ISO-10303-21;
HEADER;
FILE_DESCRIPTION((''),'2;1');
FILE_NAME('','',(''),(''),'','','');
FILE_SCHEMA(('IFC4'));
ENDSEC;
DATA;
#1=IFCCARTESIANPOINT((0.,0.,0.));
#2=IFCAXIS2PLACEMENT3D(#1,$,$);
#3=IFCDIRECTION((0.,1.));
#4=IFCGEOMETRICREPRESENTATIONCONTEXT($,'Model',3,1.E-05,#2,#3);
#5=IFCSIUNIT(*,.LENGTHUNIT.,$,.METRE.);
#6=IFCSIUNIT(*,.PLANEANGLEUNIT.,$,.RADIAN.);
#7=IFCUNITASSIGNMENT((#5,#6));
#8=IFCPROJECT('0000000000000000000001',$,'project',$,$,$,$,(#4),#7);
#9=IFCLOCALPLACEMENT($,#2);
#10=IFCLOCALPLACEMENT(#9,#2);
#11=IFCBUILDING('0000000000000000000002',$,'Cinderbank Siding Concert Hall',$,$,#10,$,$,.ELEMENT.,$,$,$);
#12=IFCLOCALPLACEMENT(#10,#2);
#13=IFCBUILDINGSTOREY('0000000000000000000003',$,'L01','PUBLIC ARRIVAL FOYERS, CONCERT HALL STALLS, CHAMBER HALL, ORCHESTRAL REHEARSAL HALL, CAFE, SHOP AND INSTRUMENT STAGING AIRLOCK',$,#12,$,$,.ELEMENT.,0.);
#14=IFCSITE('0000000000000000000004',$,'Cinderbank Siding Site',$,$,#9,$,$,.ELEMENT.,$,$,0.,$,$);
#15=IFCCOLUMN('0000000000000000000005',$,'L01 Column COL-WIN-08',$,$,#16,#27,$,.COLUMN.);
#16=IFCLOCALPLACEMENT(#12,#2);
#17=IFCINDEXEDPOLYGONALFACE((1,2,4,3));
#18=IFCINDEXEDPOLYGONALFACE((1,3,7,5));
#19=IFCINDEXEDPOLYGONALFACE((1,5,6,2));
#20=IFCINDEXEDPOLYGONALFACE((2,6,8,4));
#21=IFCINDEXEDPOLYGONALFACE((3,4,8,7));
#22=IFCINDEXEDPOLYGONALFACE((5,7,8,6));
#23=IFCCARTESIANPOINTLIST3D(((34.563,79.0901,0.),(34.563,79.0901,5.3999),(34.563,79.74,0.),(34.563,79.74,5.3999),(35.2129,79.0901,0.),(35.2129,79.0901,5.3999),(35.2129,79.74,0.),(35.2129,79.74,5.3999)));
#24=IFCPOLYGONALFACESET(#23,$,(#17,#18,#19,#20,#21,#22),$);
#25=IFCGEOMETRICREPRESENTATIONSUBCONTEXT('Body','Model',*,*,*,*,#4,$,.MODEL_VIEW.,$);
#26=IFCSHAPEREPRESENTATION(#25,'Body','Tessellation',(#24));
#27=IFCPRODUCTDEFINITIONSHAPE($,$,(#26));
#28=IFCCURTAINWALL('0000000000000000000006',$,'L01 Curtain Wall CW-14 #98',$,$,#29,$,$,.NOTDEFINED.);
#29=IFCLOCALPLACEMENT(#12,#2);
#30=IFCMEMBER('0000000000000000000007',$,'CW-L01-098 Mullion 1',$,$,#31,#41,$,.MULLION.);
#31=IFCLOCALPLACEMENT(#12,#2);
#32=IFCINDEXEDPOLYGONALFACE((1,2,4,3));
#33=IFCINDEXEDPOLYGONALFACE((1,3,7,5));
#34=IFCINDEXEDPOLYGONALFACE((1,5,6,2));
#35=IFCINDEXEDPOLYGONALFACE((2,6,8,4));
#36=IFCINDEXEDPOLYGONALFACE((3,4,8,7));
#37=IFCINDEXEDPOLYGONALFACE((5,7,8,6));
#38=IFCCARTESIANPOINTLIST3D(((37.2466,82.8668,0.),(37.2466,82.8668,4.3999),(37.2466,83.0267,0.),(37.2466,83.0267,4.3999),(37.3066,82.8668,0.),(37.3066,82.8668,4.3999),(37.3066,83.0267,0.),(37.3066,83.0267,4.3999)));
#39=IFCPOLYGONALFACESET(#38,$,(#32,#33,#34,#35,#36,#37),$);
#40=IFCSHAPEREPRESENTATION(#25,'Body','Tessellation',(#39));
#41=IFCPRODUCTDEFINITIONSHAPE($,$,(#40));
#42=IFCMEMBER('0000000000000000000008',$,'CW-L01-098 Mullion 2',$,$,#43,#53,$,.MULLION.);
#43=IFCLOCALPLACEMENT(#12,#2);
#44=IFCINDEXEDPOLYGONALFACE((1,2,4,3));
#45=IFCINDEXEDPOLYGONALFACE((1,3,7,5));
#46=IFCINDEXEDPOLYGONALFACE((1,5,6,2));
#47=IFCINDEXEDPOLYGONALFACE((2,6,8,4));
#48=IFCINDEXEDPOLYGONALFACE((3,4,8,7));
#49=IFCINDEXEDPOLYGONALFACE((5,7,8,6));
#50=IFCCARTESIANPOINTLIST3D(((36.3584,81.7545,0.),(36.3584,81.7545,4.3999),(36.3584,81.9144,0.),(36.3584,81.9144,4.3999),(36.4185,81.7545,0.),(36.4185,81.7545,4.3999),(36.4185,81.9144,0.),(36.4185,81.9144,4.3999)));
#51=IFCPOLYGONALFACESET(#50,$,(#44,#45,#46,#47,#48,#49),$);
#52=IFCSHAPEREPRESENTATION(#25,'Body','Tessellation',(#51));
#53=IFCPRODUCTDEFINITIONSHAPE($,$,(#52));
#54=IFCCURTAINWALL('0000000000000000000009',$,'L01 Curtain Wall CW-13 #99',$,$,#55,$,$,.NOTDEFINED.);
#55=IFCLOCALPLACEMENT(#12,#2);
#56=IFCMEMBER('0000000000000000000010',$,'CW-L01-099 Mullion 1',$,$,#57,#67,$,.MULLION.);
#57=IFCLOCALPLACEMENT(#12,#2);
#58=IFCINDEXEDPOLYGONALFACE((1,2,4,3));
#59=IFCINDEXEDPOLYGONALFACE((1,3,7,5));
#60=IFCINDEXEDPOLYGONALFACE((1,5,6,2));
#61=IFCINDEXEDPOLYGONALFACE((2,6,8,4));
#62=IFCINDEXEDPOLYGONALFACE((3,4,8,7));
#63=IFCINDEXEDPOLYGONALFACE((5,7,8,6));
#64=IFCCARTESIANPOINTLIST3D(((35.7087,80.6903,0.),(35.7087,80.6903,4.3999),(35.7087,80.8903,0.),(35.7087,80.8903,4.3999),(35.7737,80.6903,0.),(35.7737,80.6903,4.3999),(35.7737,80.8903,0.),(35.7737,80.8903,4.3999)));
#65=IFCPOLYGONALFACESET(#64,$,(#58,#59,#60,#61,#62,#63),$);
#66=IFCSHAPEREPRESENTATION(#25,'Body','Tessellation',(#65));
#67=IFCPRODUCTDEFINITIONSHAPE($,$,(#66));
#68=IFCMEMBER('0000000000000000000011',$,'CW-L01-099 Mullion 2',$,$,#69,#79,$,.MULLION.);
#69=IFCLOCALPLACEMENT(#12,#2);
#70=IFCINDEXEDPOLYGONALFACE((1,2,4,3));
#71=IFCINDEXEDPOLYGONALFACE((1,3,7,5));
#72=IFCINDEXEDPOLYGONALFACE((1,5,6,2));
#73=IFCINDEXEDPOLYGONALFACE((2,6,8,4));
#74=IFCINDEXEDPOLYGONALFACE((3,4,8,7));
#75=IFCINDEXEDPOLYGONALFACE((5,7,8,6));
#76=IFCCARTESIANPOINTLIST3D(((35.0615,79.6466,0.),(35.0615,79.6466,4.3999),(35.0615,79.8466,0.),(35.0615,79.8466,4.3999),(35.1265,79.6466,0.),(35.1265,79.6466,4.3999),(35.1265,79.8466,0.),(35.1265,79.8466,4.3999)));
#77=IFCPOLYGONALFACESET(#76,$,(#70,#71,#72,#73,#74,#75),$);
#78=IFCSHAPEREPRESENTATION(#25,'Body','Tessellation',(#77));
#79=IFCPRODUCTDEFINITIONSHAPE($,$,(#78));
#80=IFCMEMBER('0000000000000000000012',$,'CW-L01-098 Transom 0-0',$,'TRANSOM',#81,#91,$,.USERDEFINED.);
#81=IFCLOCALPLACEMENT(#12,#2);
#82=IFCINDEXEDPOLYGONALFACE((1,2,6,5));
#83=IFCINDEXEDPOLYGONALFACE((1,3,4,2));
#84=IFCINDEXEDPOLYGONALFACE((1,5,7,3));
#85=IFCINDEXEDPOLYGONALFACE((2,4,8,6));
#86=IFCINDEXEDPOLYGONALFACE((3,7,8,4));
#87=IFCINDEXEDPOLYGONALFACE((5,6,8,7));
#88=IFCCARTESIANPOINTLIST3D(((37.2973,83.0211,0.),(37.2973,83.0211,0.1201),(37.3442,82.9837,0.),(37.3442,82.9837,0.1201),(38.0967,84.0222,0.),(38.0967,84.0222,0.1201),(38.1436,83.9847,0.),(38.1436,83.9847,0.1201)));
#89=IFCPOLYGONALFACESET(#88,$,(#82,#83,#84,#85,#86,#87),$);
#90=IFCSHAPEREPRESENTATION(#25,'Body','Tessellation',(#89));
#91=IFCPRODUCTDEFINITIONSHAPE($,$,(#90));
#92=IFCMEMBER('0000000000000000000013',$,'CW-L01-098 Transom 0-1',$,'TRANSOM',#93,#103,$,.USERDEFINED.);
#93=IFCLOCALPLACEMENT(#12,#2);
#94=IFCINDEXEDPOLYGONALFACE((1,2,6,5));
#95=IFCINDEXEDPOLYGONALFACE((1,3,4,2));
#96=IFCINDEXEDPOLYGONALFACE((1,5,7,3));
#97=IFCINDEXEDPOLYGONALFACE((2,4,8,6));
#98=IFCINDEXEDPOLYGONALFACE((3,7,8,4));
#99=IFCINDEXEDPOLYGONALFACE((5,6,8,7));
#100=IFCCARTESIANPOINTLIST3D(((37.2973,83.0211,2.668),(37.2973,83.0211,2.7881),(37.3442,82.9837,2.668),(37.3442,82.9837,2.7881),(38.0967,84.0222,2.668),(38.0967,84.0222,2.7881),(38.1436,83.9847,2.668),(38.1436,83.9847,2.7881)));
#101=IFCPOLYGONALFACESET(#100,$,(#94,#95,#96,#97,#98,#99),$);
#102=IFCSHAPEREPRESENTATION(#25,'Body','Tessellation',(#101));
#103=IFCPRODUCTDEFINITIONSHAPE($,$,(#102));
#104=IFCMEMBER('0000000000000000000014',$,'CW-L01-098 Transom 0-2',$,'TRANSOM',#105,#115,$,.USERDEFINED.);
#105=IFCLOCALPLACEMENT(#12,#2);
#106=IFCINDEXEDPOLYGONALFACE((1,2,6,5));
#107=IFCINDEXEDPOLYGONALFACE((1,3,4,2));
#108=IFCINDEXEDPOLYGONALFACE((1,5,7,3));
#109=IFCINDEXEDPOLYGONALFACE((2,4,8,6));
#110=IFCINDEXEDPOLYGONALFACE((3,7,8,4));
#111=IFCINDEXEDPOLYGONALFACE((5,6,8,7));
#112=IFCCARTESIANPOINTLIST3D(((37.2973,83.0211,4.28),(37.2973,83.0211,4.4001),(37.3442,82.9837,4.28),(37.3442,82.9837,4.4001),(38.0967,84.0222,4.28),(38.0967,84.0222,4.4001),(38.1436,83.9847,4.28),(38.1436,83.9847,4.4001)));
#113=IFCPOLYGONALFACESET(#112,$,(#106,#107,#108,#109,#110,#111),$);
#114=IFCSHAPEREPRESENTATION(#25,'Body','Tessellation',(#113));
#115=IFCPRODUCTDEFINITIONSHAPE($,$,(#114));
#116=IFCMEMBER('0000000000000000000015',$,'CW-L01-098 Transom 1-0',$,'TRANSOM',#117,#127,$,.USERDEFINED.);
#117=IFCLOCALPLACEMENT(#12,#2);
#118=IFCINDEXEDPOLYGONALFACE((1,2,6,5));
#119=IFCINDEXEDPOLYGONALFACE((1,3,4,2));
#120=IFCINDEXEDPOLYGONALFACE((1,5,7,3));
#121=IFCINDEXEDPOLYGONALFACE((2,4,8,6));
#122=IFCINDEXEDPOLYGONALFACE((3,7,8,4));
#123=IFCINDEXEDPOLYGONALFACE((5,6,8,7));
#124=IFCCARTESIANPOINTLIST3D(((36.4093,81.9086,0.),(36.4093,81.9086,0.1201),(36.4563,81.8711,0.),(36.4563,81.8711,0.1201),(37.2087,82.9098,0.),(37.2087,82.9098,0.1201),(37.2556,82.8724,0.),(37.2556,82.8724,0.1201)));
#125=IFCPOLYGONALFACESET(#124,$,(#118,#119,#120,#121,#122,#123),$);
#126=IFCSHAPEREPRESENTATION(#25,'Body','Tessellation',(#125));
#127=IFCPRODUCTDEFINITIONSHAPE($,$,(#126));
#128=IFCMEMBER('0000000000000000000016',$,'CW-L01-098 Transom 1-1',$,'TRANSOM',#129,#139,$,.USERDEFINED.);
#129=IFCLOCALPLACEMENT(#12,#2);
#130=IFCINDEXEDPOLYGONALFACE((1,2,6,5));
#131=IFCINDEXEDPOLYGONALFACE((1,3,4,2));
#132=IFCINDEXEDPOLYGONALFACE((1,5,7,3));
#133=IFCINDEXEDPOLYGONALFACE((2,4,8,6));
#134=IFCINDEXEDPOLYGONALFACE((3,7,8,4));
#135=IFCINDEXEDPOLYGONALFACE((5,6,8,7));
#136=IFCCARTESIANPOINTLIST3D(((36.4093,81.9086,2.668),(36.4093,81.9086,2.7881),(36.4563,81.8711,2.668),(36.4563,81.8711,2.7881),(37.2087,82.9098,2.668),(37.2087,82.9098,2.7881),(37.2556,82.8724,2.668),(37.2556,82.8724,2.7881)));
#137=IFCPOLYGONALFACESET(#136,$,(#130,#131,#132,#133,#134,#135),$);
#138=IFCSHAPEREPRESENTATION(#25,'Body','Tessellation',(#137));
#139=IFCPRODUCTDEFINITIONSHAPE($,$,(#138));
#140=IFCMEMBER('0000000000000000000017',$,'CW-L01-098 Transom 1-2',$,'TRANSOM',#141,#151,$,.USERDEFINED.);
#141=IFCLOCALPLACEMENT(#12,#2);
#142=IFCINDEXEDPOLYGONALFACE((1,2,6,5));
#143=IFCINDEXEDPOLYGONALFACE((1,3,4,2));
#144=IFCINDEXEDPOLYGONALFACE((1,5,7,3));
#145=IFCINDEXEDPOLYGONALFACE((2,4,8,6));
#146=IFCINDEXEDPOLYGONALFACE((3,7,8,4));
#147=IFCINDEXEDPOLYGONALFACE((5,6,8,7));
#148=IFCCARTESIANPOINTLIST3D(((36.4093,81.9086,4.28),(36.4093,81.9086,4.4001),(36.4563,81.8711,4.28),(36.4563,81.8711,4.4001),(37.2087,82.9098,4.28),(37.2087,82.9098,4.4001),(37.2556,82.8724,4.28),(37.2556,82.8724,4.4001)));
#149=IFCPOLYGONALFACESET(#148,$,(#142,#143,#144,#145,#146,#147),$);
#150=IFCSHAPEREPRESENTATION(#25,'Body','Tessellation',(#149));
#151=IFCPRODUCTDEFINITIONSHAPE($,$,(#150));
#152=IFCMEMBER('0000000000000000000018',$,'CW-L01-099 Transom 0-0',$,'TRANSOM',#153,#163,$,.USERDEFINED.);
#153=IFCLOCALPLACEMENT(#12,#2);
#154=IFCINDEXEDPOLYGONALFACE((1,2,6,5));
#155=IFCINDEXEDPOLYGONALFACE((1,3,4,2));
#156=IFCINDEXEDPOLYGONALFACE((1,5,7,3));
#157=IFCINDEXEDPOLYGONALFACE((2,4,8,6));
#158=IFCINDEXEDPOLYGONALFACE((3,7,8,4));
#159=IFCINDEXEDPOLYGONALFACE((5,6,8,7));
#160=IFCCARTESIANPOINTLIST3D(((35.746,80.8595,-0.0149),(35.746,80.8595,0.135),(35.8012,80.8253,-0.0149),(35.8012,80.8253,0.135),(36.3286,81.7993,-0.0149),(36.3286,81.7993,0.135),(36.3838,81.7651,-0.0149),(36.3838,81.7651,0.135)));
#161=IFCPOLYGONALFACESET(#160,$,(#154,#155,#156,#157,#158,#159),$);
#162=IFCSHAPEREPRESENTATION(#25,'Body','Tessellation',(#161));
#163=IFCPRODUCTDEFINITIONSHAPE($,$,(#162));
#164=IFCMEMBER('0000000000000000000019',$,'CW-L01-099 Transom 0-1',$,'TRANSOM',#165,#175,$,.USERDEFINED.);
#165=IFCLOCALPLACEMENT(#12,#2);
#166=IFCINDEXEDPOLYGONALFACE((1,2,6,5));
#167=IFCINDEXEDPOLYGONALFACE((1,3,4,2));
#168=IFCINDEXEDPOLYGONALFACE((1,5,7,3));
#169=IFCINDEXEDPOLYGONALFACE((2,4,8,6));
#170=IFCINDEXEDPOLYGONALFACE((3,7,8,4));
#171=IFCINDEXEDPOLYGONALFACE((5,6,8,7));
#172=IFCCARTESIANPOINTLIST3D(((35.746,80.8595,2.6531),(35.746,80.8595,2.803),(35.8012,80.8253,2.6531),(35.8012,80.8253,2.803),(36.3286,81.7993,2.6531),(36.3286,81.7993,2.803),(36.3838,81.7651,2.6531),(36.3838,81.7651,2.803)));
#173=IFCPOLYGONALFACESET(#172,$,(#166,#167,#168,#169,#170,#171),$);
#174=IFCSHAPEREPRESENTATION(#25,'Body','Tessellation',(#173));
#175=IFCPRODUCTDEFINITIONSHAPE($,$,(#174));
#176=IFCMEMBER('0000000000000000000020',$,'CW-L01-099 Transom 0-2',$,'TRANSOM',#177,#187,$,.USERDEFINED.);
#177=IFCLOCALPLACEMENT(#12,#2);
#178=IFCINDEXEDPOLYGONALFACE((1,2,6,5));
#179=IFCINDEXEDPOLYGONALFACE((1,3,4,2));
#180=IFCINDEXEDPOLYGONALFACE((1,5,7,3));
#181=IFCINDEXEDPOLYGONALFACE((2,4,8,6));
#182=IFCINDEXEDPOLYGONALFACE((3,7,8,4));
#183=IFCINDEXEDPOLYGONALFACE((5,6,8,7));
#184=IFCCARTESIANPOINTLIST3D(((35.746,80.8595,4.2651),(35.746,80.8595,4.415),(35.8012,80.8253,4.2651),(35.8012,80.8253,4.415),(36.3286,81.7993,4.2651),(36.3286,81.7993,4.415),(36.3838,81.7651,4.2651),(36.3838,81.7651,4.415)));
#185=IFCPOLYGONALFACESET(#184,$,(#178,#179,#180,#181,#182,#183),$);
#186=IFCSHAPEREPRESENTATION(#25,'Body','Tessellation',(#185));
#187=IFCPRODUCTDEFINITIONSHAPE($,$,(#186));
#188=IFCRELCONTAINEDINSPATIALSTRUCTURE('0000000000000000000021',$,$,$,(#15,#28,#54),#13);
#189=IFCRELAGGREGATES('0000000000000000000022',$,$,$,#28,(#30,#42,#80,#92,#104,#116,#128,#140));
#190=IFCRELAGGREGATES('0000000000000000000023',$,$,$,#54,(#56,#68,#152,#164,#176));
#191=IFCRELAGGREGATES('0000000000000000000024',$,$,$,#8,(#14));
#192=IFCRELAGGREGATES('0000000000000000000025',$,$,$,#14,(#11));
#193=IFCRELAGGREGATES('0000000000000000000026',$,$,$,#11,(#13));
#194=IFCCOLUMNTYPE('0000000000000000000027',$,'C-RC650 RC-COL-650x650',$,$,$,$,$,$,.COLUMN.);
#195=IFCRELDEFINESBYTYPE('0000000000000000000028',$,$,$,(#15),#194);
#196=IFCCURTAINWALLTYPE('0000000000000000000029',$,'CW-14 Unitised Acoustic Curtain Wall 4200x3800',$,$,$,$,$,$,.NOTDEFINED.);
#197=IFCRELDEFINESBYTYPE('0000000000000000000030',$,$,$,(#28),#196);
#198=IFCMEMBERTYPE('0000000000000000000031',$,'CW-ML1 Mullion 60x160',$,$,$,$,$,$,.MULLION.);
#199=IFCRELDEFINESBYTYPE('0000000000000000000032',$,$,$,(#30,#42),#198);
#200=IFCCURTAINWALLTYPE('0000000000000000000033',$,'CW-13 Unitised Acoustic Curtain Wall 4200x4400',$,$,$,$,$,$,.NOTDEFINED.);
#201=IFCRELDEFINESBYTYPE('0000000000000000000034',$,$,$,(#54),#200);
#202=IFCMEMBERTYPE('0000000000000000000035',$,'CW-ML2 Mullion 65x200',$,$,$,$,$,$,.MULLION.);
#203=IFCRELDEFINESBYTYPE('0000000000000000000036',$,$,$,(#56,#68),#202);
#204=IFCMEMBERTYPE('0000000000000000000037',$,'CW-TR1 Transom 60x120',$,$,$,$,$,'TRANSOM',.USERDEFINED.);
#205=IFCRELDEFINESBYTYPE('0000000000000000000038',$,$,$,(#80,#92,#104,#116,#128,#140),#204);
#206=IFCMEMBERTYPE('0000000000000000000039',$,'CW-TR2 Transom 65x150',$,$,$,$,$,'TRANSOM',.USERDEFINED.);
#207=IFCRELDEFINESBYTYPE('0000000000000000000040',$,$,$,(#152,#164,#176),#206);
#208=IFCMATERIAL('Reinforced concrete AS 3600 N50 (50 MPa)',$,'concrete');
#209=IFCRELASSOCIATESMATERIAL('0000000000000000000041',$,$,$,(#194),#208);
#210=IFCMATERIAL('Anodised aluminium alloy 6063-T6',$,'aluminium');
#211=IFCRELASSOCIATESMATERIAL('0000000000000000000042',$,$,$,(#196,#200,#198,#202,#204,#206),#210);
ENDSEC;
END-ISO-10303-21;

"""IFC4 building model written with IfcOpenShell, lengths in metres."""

from ifc_helpers import new_model, si_unit, direction, frame, origin, origin_2d, place, context, subcontext, project, spatial, rectangle, extrude, material, material_profile, profile_set, type_object, element, aggregate, save


model = new_model("IFC4")

# Units and contexts
model_context = context("Model", 3, precision=1e-05, world=origin(), true_north=direction((0.0, 1.0)))
body_context = subcontext(model_context, "Body", "Model", "MODEL_VIEW")
ifc_project = project(units=[si_unit("LENGTHUNIT", "METRE"), si_unit("PLANEANGLEUNIT", "RADIAN")], contexts=[model_context])

# Site, building, storey
site_placement = place(None, origin())
site = spatial("IfcSite", under=ifc_project, at=site_placement, Name="Cinderbank Siding Site", CompositionType="ELEMENT", RefElevation=0.0)
building_placement = place(site_placement, origin())
building = spatial("IfcBuilding", under=site, at=building_placement, Name="Cinderbank Siding Concert Hall", CompositionType="ELEMENT")
storey_placement = place(building_placement, origin())
storey = spatial("IfcBuildingStorey", under=building, at=storey_placement, Name="L01", Description="PUBLIC ARRIVAL FOYERS, CONCERT HALL STALLS, CHAMBER HALL, ORCHESTRAL REHEARSAL HALL, CAFE, SHOP AND INSTRUMENT STAGING AIRLOCK", CompositionType="ELEMENT", Elevation=0.0)

# Column
ifc_material_1 = material(Name="Reinforced concrete AS 3600 N50 (50 MPa)", Category="concrete")
ifc_material_profile_1 = material_profile(ifc_material_1, rectangle(XDim=0.6499, YDim=0.6499, at=origin_2d()), Name="RC-COL-650x650", Category="LoadBearing")
ifc_profile_set_1 = profile_set([ifc_material_profile_1], Name="Reinforced concrete AS 3600 N50 (50 MPa)")
column_type = type_object("IfcColumnType", Name="C-RC650 RC-COL-650x650", PredefinedType="COLUMN", material=ifc_profile_set_1)
column_placement = place(storey_placement, frame((34.8879, 79.415, 0.0), z_axis=(0.0, 0.0, 1.0), x_axis=(1.0, 0.0, 0.0)))
element("IfcColumn", 1, at=column_placement, inside=storey, type_object=column_type, Name="L01 Column COL-WIN-08", PredefinedType="COLUMN", context=body_context, shape_type="SweptSolid", body=[
    extrude(rectangle(XDim=0.6499, YDim=0.6499, at=origin_2d()), origin(), (0.0, 0.0, 1.0), 5.3999),
])

# Curtain walls, members
ifc_material_2 = material(Name="Anodised aluminium alloy 6063-T6", Category="aluminium")
curtain_wall_type_1 = type_object("IfcCurtainWallType", Name="CW-14 Unitised Acoustic Curtain Wall 4200x3800", PredefinedType="NOTDEFINED", material=ifc_material_2)
curtain_wall_1_placement = place(storey_placement, origin())
curtain_wall_1 = element("IfcCurtainWall", 2, at=curtain_wall_1_placement, inside=storey, type_object=curtain_wall_type_1, Name="L01 Curtain Wall CW-14 #98", PredefinedType="NOTDEFINED")
ifc_material_profile_2 = material_profile(ifc_material_2, rectangle(XDim=0.0601, YDim=0.1599, at=origin_2d()), Name="ALU-MULL-60x160", Category="LoadBearing")
ifc_profile_set_2 = profile_set([ifc_material_profile_2], Name="Anodised aluminium alloy 6063-T6")
member_type_1 = type_object("IfcMemberType", Name="CW-ML1 Mullion 60x160", PredefinedType="MULLION", material=ifc_profile_set_2)
member_1_placement = place(storey_placement, frame((37.2766, 82.9468, 0.0), z_axis=(0.0, 0.0, 1.0), x_axis=(1.0, 0.0, 0.0)))
member_1 = element("IfcMember", 3, at=member_1_placement, type_object=member_type_1, Name="CW-L01-098 Mullion 1", PredefinedType="MULLION", context=body_context, shape_type="SweptSolid", body=[
    extrude(rectangle(XDim=0.0601, YDim=0.1599, at=origin_2d()), origin(), (0.0, 0.0, 1.0), 4.3999),
])
member_2_placement = place(storey_placement, frame((36.3884, 81.8345, 0.0), z_axis=(0.0, 0.0, 1.0), x_axis=(1.0, 0.0, 0.0)))
member_2 = element("IfcMember", 4, at=member_2_placement, type_object=member_type_1, Name="CW-L01-098 Mullion 2", PredefinedType="MULLION", context=body_context, shape_type="SweptSolid", body=[
    extrude(rectangle(XDim=0.0601, YDim=0.1599, at=origin_2d()), origin(), (0.0, 0.0, 1.0), 4.3999),
])
curtain_wall_type_2 = type_object("IfcCurtainWallType", Name="CW-13 Unitised Acoustic Curtain Wall 4200x4400", PredefinedType="NOTDEFINED", material=ifc_material_2)
curtain_wall_2_placement = place(storey_placement, origin())
curtain_wall_2 = element("IfcCurtainWall", 5, at=curtain_wall_2_placement, inside=storey, type_object=curtain_wall_type_2, Name="L01 Curtain Wall CW-13 #99", PredefinedType="NOTDEFINED")
ifc_material_profile_3 = material_profile(ifc_material_2, rectangle(XDim=0.0649, YDim=0.2, at=origin_2d()), Name="ALU-MULL-65x200", Category="LoadBearing")
ifc_profile_set_3 = profile_set([ifc_material_profile_3], Name="Anodised aluminium alloy 6063-T6")
member_type_2 = type_object("IfcMemberType", Name="CW-ML2 Mullion 65x200", PredefinedType="MULLION", material=ifc_profile_set_3)
member_3_placement = place(storey_placement, frame((35.7412, 80.7903, 0.0), z_axis=(0.0, 0.0, 1.0), x_axis=(1.0, 0.0, 0.0)))
member_3 = element("IfcMember", 6, at=member_3_placement, type_object=member_type_2, Name="CW-L01-099 Mullion 1", PredefinedType="MULLION", context=body_context, shape_type="SweptSolid", body=[
    extrude(rectangle(XDim=0.0649, YDim=0.2, at=origin_2d()), origin(), (0.0, 0.0, 1.0), 4.3999),
])
member_4_placement = place(storey_placement, frame((35.094, 79.7466, 0.0), z_axis=(0.0, 0.0, 1.0), x_axis=(1.0, 0.0, 0.0)))
member_4 = element("IfcMember", 7, at=member_4_placement, type_object=member_type_2, Name="CW-L01-099 Mullion 2", PredefinedType="MULLION", context=body_context, shape_type="SweptSolid", body=[
    extrude(rectangle(XDim=0.0649, YDim=0.2, at=origin_2d()), origin(), (0.0, 0.0, 1.0), 4.3999),
])

# Members
ifc_material_profile_4 = material_profile(ifc_material_2, rectangle(XDim=0.0601, YDim=0.1201, at=origin_2d()), Name="ALU-TRAN-60x120", Category="LoadBearing")
ifc_profile_set_4 = profile_set([ifc_material_profile_4], Name="Anodised aluminium alloy 6063-T6")
member_type_3 = type_object("IfcMemberType", Name="CW-TR1 Transom 60x120", ElementType="TRANSOM", PredefinedType="USERDEFINED", material=ifc_profile_set_4)
member_5_placement = place(storey_placement, frame((38.1201, 84.0034, 0.0601), z_axis=(-0.623998, -0.781426, 0.0), x_axis=(0.781426, -0.623998, 0.0)))
member_5 = element("IfcMember", 8, at=member_5_placement, type_object=member_type_3, Name="CW-L01-098 Transom 0-0", ObjectType="TRANSOM", PredefinedType="USERDEFINED", context=body_context, shape_type="SweptSolid", body=[
    extrude(rectangle(XDim=0.0601, YDim=0.1201, at=origin_2d()), origin(), (0.0, 0.0, 1.0), 1.281),
])
member_6_placement = place(storey_placement, frame((38.1201, 84.0034, 2.728), z_axis=(-0.623998, -0.781426, 0.0), x_axis=(0.781426, -0.623998, 0.0)))
member_6 = element("IfcMember", 9, at=member_6_placement, type_object=member_type_3, Name="CW-L01-098 Transom 0-1", ObjectType="TRANSOM", PredefinedType="USERDEFINED", context=body_context, shape_type="SweptSolid", body=[
    extrude(rectangle(XDim=0.0601, YDim=0.1201, at=origin_2d()), origin(), (0.0, 0.0, 1.0), 1.281),
])
member_7_placement = place(storey_placement, frame((38.1201, 84.0034, 4.3401), z_axis=(-0.623998, -0.781426, 0.0), x_axis=(0.781426, -0.623998, 0.0)))
member_7 = element("IfcMember", 10, at=member_7_placement, type_object=member_type_3, Name="CW-L01-098 Transom 0-2", ObjectType="TRANSOM", PredefinedType="USERDEFINED", context=body_context, shape_type="SweptSolid", body=[
    extrude(rectangle(XDim=0.0601, YDim=0.1201, at=origin_2d()), origin(), (0.0, 0.0, 1.0), 1.281),
])
member_8_placement = place(storey_placement, frame((37.2322, 82.8911, 0.0601), z_axis=(-0.623905, -0.781501, 0.0), x_axis=(0.781501, -0.623905, 0.0)))
member_8 = element("IfcMember", 11, at=member_8_placement, type_object=member_type_3, Name="CW-L01-098 Transom 1-0", ObjectType="TRANSOM", PredefinedType="USERDEFINED", context=body_context, shape_type="SweptSolid", body=[
    extrude(rectangle(XDim=0.0601, YDim=0.1201, at=origin_2d()), origin(), (0.0, 0.0, 1.0), 1.2812),
])
member_9_placement = place(storey_placement, frame((37.2322, 82.8911, 2.728), z_axis=(-0.623905, -0.781501, 0.0), x_axis=(0.781501, -0.623905, 0.0)))
member_9 = element("IfcMember", 12, at=member_9_placement, type_object=member_type_3, Name="CW-L01-098 Transom 1-1", ObjectType="TRANSOM", PredefinedType="USERDEFINED", context=body_context, shape_type="SweptSolid", body=[
    extrude(rectangle(XDim=0.0601, YDim=0.1201, at=origin_2d()), origin(), (0.0, 0.0, 1.0), 1.2812),
])
member_10_placement = place(storey_placement, frame((37.2322, 82.8911, 4.3401), z_axis=(-0.623905, -0.781501, 0.0), x_axis=(0.781501, -0.623905, 0.0)))
member_10 = element("IfcMember", 13, at=member_10_placement, type_object=member_type_3, Name="CW-L01-098 Transom 1-2", ObjectType="TRANSOM", PredefinedType="USERDEFINED", context=body_context, shape_type="SweptSolid", body=[
    extrude(rectangle(XDim=0.0601, YDim=0.1201, at=origin_2d()), origin(), (0.0, 0.0, 1.0), 1.2812),
])
ifc_material_profile_5 = material_profile(ifc_material_2, rectangle(XDim=0.0649, YDim=0.1499, at=origin_2d()), Name="ALU-TRAN-65x150", Category="LoadBearing")
ifc_profile_set_5 = profile_set([ifc_material_profile_5], Name="Anodised aluminium alloy 6063-T6")
member_type_4 = type_object("IfcMemberType", Name="CW-TR2 Transom 65x150", ElementType="TRANSOM", PredefinedType="USERDEFINED", material=ifc_profile_set_5)
member_11_placement = place(storey_placement, frame((36.3562, 81.7822, 0.0601), z_axis=(-0.526879, -0.84994, 0.0), x_axis=(0.84994, -0.526879, 0.0)))
member_11 = element("IfcMember", 14, at=member_11_placement, type_object=member_type_4, Name="CW-L01-099 Transom 0-0", ObjectType="TRANSOM", PredefinedType="USERDEFINED", context=body_context, shape_type="SweptSolid", body=[
    extrude(rectangle(XDim=0.0649, YDim=0.1499, at=origin_2d()), origin(), (0.0, 0.0, 1.0), 1.1057),
])
member_12_placement = place(storey_placement, frame((36.3562, 81.7822, 2.728), z_axis=(-0.526879, -0.84994, 0.0), x_axis=(0.84994, -0.526879, 0.0)))
member_12 = element("IfcMember", 15, at=member_12_placement, type_object=member_type_4, Name="CW-L01-099 Transom 0-1", ObjectType="TRANSOM", PredefinedType="USERDEFINED", context=body_context, shape_type="SweptSolid", body=[
    extrude(rectangle(XDim=0.0649, YDim=0.1499, at=origin_2d()), origin(), (0.0, 0.0, 1.0), 1.1057),
])
member_13_placement = place(storey_placement, frame((36.3562, 81.7822, 4.3401), z_axis=(-0.526879, -0.84994, 0.0), x_axis=(0.84994, -0.526879, 0.0)))
member_13 = element("IfcMember", 16, at=member_13_placement, type_object=member_type_4, Name="CW-L01-099 Transom 0-2", ObjectType="TRANSOM", PredefinedType="USERDEFINED", context=body_context, shape_type="SweptSolid", body=[
    extrude(rectangle(XDim=0.0649, YDim=0.1499, at=origin_2d()), origin(), (0.0, 0.0, 1.0), 1.1057),
])

aggregate(curtain_wall_1, [member_1, member_2, member_5, member_6, member_7, member_8, member_9, member_10])
aggregate(curtain_wall_2, [member_3, member_4, member_11, member_12, member_13])

save(model, "model.ifc")
